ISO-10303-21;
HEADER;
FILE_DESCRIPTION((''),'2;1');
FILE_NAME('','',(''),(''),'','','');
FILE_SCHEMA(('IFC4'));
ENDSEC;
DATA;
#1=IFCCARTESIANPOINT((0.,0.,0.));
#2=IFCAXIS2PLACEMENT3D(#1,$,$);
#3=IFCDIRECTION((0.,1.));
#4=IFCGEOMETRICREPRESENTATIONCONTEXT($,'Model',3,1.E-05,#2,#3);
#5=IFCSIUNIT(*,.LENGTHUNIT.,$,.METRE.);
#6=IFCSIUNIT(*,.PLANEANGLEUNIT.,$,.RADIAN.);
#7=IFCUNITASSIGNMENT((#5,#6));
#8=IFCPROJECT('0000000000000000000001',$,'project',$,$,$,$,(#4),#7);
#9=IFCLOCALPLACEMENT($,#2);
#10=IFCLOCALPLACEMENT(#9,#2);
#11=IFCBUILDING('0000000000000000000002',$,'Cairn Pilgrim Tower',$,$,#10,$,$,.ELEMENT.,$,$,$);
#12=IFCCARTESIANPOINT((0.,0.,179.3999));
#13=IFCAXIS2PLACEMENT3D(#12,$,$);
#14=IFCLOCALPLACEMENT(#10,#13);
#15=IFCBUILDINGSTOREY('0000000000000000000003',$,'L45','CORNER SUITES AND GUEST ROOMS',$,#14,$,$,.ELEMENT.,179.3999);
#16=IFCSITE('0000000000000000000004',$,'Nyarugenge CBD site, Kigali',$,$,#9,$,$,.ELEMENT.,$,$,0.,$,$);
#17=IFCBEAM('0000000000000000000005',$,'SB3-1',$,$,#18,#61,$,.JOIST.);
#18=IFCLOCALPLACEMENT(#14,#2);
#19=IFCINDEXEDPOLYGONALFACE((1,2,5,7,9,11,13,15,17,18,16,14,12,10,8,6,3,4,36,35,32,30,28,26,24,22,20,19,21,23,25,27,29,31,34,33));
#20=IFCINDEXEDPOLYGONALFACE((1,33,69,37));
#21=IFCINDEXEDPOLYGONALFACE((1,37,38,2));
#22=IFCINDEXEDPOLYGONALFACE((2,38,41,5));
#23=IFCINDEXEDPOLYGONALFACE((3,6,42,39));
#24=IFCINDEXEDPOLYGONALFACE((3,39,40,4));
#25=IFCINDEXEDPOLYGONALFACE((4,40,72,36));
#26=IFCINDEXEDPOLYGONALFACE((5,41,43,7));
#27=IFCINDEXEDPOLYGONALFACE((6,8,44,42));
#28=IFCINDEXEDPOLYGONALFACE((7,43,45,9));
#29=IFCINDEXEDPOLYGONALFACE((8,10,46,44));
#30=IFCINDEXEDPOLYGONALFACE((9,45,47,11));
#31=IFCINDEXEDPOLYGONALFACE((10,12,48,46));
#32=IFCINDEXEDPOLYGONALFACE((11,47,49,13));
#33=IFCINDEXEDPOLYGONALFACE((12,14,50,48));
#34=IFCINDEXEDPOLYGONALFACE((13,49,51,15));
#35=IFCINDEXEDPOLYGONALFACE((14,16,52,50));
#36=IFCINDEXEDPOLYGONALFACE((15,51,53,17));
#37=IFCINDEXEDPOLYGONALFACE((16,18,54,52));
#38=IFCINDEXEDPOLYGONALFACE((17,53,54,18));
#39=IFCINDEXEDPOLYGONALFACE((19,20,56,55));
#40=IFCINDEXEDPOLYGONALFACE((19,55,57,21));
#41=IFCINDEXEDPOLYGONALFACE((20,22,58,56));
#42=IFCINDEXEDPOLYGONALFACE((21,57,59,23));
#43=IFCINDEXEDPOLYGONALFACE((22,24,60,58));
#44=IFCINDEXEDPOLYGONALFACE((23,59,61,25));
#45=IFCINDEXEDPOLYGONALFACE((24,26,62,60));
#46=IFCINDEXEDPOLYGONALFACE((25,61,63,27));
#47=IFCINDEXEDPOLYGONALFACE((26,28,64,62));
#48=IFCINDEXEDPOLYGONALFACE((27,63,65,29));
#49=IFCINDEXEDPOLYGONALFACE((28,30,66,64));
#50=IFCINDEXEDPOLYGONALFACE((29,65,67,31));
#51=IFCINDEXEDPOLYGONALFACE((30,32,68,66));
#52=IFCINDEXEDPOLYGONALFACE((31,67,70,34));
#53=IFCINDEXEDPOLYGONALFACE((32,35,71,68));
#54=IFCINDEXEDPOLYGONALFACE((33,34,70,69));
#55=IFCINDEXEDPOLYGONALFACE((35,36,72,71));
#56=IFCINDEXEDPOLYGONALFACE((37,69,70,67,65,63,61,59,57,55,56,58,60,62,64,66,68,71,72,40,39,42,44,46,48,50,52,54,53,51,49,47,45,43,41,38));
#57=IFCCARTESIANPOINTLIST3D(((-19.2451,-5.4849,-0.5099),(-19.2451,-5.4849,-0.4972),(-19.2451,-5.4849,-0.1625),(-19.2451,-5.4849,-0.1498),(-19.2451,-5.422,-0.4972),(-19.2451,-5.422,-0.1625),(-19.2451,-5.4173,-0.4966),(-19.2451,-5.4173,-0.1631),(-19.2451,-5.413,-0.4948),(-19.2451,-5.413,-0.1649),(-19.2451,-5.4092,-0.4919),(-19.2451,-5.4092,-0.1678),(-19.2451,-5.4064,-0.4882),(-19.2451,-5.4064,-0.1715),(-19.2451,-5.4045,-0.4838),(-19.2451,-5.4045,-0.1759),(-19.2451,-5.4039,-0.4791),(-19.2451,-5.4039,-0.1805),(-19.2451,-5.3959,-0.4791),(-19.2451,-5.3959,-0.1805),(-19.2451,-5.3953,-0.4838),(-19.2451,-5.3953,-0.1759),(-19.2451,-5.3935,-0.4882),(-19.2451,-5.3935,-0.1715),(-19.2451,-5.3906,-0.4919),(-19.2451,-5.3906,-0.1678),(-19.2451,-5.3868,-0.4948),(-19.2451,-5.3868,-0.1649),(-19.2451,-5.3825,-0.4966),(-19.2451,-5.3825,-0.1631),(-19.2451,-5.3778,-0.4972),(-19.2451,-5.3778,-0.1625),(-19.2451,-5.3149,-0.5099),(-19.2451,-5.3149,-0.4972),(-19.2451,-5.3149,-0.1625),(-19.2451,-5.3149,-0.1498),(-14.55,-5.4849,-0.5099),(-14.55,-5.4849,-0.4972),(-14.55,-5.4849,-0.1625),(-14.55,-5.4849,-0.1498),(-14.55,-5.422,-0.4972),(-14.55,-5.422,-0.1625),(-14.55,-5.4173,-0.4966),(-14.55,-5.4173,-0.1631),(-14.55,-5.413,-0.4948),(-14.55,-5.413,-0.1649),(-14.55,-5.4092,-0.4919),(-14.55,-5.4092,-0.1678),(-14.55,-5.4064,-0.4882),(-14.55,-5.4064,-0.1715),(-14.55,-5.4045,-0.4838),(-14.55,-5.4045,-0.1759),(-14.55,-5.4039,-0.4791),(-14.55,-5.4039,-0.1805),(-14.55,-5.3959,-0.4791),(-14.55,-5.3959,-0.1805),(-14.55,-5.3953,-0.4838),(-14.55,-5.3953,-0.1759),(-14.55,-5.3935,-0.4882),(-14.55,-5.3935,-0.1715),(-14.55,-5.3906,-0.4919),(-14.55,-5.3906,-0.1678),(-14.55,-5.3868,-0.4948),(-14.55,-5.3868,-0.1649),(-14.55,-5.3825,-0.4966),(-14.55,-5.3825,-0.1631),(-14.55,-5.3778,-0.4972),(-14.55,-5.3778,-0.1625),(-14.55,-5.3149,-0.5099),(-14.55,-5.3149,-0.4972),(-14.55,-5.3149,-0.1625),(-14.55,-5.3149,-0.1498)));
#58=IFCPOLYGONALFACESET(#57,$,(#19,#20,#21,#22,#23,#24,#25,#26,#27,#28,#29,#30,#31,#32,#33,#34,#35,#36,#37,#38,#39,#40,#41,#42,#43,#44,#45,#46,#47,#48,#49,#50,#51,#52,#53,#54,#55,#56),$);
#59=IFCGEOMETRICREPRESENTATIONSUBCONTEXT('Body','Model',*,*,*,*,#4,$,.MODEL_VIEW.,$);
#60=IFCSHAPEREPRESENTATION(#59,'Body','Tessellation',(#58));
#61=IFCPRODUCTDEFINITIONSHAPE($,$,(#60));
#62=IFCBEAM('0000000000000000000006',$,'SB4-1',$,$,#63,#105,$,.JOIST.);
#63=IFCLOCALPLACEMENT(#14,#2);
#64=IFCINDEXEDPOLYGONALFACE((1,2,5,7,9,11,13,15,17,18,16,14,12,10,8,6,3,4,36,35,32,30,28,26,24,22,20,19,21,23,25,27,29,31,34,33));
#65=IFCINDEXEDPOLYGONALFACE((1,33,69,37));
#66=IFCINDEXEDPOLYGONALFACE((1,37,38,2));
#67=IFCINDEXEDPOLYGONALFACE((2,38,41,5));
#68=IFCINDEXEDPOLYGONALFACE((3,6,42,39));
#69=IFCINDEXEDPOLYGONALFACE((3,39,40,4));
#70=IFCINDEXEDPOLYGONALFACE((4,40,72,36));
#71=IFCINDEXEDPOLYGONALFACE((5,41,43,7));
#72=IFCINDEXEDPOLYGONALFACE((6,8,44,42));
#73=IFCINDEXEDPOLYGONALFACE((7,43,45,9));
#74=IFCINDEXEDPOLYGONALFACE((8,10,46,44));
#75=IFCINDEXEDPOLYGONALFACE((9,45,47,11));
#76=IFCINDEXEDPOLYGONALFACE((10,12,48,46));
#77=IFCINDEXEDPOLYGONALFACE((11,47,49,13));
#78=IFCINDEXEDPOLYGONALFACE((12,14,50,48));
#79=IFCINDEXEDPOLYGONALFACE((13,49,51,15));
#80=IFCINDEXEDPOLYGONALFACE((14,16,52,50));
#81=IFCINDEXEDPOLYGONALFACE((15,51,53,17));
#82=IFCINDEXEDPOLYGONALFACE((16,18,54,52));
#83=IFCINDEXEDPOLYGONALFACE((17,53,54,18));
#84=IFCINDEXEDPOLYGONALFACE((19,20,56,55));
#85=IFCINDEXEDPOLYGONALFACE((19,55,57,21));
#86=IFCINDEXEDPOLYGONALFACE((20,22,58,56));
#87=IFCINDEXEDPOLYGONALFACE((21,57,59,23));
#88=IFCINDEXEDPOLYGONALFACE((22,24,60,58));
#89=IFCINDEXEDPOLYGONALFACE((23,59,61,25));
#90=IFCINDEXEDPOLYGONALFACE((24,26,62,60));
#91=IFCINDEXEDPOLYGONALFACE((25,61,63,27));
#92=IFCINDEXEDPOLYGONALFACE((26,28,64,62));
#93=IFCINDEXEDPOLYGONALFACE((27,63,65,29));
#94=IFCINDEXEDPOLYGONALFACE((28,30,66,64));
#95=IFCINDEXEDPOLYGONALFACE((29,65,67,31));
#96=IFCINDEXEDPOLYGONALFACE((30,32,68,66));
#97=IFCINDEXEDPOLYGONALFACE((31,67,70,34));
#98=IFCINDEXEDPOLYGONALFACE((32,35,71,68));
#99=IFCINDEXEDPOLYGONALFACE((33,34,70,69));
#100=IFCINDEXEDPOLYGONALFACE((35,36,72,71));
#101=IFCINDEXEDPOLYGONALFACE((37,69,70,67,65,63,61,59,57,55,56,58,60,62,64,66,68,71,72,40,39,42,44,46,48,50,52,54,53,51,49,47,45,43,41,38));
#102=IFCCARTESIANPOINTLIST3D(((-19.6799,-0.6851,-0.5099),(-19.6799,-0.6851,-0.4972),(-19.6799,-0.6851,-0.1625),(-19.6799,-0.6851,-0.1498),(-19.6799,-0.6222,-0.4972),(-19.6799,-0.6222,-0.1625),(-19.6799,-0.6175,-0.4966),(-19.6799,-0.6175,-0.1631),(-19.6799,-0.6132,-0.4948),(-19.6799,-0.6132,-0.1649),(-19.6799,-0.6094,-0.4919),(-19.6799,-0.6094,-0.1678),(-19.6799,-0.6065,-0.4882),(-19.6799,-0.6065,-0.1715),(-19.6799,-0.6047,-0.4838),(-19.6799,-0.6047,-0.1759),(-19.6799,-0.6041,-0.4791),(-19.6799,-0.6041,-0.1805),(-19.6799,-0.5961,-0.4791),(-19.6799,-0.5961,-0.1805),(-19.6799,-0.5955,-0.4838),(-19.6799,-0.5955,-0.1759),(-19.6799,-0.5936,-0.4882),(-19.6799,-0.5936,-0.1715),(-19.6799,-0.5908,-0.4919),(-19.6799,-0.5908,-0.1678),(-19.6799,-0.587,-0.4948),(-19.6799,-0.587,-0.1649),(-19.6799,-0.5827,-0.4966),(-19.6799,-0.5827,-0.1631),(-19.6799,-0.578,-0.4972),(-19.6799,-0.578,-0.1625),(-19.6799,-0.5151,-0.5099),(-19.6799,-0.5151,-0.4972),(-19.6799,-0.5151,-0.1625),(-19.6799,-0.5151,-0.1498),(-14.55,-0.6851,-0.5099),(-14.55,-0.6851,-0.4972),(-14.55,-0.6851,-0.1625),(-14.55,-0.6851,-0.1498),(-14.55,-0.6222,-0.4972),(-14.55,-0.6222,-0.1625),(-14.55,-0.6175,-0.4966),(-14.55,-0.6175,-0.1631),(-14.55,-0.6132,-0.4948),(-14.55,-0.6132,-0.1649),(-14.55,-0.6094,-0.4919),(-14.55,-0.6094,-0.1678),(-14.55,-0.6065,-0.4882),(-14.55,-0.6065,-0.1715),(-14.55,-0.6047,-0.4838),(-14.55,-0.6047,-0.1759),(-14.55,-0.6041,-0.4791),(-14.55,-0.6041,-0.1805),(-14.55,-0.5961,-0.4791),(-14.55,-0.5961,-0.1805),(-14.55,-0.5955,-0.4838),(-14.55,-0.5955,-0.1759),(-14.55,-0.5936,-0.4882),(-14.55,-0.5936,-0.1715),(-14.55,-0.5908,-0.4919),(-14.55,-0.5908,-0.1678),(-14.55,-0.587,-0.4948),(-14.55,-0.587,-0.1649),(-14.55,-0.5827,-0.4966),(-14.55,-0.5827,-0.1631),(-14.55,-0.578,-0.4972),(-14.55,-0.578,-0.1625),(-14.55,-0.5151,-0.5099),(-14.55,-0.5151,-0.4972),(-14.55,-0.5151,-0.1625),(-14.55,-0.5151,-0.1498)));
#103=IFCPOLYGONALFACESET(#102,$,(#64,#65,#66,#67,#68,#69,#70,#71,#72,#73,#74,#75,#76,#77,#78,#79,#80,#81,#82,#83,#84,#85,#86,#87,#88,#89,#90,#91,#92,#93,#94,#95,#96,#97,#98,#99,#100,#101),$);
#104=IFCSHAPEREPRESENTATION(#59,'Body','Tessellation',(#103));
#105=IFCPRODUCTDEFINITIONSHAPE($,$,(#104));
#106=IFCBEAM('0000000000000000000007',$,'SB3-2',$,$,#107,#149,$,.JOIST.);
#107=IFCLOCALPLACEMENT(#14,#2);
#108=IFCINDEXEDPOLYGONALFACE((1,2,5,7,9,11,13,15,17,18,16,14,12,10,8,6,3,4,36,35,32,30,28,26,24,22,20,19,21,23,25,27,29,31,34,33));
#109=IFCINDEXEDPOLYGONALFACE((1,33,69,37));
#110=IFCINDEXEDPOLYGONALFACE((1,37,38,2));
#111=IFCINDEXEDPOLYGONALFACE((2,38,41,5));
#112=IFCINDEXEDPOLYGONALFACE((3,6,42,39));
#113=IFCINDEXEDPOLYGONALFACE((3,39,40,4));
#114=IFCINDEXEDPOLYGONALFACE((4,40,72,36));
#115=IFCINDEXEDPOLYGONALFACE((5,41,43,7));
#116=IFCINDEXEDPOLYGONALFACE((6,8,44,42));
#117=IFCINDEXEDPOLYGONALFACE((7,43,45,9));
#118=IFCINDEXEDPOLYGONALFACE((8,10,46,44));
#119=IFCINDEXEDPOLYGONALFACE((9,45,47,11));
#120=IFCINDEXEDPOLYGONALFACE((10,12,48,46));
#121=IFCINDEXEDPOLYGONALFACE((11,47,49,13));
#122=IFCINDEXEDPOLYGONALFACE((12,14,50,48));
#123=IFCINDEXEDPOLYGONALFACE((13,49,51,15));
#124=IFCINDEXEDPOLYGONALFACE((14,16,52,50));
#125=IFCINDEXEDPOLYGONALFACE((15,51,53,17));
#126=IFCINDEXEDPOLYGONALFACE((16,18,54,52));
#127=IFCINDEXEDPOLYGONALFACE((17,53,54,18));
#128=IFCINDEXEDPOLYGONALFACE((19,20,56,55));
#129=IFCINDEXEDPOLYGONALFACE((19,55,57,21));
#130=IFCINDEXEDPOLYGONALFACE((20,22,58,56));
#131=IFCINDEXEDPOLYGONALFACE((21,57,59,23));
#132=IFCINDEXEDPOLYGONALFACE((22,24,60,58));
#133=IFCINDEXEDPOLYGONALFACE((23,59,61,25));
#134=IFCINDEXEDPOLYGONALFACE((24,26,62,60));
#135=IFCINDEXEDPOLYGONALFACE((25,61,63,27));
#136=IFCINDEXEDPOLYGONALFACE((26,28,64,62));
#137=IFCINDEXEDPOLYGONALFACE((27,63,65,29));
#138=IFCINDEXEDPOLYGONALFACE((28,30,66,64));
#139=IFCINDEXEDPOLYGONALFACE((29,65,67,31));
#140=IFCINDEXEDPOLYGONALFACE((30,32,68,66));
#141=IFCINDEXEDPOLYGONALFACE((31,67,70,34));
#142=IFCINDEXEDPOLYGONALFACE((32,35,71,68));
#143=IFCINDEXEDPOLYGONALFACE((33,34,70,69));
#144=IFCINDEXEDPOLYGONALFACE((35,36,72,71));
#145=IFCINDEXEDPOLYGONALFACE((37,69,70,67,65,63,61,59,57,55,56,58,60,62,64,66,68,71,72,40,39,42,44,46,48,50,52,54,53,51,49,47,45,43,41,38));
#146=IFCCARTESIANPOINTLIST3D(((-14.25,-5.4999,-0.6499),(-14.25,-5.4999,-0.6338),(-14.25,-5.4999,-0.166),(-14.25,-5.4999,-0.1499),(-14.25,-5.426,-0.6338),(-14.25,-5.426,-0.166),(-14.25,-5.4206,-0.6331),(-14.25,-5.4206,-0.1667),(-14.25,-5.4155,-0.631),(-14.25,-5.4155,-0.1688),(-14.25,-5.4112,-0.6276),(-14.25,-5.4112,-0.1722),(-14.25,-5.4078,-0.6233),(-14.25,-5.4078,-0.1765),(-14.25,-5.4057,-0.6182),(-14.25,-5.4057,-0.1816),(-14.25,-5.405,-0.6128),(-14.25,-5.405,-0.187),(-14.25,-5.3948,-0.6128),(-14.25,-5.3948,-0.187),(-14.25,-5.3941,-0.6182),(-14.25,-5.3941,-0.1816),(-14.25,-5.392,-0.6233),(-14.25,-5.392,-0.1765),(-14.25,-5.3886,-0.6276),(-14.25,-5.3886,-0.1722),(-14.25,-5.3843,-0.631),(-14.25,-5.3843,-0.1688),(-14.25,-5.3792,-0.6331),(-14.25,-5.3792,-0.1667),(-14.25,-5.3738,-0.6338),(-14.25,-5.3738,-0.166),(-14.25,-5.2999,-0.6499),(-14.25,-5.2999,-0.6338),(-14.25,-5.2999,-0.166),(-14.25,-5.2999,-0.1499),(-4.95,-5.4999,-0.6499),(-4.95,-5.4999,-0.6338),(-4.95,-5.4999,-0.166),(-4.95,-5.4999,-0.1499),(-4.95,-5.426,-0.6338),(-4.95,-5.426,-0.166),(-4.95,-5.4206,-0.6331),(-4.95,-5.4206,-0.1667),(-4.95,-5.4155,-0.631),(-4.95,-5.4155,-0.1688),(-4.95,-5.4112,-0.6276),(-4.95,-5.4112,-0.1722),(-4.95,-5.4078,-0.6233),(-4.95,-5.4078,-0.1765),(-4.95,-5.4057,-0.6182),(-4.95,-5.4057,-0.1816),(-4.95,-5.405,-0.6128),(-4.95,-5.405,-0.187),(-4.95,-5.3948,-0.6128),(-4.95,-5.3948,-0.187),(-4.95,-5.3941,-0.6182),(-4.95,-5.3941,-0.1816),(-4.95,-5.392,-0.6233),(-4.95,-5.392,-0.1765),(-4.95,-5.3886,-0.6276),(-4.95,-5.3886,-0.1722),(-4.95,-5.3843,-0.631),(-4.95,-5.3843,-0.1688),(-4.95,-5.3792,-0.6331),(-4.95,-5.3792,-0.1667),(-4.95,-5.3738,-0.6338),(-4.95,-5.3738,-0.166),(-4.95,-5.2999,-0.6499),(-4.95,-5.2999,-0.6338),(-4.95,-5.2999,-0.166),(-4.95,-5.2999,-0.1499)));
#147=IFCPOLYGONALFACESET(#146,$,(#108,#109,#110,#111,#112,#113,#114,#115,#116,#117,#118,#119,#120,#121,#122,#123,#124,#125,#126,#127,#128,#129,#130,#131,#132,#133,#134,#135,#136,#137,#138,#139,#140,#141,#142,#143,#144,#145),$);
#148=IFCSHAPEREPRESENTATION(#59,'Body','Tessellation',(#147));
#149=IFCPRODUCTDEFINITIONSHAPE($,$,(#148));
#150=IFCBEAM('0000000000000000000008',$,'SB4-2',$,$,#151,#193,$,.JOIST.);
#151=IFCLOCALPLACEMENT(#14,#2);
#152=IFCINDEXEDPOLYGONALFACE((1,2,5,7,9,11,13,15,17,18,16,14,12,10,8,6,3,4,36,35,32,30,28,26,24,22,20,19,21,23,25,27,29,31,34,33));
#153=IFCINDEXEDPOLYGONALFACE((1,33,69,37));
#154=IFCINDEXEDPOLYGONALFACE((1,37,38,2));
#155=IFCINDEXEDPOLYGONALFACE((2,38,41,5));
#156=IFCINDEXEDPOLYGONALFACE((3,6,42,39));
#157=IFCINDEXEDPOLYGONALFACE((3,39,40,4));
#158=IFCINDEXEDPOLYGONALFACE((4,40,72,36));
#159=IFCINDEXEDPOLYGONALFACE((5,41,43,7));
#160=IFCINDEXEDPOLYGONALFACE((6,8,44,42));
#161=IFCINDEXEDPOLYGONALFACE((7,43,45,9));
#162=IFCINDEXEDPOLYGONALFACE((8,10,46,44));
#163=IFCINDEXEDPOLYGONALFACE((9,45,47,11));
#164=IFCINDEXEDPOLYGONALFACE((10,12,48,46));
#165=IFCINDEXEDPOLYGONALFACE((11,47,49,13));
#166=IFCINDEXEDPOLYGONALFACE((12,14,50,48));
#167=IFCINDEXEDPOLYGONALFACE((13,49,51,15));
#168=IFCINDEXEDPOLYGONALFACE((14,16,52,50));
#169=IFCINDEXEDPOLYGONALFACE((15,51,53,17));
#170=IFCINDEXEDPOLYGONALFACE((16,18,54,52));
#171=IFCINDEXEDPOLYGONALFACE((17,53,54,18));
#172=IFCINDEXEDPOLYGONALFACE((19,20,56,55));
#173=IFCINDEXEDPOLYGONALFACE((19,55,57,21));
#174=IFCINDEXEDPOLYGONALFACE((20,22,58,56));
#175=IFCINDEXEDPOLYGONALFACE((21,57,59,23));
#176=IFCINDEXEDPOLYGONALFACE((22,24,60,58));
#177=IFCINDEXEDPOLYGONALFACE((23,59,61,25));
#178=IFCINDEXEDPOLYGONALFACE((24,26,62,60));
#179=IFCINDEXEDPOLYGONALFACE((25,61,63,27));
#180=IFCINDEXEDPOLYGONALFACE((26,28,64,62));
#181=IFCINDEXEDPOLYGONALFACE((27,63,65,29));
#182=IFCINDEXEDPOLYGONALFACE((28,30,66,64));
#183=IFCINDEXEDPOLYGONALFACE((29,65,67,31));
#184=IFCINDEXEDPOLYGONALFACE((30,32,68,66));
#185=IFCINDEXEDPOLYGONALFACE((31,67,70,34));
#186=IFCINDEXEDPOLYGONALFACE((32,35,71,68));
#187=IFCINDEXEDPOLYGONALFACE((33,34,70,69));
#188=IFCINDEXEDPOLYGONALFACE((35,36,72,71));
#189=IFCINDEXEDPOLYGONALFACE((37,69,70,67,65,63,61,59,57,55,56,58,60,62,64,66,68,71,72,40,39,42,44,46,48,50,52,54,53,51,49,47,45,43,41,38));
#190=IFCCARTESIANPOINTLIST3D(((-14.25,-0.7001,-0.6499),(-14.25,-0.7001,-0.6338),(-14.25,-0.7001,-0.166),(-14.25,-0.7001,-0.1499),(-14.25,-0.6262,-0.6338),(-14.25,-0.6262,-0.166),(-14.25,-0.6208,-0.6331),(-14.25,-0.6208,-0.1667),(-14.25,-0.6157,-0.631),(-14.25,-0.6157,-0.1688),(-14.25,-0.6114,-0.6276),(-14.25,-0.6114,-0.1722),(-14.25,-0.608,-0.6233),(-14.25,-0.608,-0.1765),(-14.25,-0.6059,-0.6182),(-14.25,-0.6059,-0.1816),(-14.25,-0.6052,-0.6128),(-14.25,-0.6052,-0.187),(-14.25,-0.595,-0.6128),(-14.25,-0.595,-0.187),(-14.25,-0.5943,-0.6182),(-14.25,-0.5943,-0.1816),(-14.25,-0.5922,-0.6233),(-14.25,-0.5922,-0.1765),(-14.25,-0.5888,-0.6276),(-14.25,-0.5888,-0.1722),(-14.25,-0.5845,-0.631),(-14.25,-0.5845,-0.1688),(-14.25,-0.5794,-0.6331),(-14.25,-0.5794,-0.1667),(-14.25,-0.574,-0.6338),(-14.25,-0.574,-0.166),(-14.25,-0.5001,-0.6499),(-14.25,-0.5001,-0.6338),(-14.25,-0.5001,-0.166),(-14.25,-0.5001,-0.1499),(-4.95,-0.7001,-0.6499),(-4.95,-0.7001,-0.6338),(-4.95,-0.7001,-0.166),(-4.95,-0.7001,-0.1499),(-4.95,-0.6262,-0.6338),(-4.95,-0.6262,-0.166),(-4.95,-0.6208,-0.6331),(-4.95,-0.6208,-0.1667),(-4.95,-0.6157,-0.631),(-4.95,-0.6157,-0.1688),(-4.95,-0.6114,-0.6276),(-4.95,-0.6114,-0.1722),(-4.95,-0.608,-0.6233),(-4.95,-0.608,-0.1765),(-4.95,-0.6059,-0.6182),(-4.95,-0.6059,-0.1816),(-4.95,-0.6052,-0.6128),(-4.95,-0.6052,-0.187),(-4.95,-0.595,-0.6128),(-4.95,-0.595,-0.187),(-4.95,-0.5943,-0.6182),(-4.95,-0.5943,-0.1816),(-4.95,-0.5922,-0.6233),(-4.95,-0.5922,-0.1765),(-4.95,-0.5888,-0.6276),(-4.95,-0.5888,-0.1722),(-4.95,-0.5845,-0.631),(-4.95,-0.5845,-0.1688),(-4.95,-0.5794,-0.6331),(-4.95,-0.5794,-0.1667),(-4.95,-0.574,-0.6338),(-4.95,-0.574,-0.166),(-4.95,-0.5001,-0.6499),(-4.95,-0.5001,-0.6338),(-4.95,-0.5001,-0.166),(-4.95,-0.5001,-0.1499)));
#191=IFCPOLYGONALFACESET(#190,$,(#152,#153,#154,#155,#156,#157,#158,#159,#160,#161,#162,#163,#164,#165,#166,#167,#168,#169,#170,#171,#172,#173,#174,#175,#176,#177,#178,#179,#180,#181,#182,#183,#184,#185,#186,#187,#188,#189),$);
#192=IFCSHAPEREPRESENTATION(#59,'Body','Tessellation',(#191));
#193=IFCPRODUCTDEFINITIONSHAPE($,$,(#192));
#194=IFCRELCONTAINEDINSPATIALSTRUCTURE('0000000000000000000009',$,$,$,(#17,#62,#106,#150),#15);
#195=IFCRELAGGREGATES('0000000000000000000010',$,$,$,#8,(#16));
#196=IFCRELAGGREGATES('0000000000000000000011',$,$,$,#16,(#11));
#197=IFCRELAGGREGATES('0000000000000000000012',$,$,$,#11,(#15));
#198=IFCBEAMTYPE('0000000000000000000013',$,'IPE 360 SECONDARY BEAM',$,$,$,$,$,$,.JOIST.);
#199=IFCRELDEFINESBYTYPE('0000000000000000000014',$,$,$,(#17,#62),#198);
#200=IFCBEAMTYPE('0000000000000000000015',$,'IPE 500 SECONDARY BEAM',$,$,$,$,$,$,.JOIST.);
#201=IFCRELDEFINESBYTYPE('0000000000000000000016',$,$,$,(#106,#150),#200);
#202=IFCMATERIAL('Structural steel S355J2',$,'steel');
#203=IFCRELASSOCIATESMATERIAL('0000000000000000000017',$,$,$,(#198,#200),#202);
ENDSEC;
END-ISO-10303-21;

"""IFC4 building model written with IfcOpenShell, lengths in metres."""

from ifc_helpers import new_model, si_unit, direction, frame, origin, origin_2d, place, context, subcontext, project, spatial, i_section, extrude, material, material_profile, profile_set, type_object, element, save


model = new_model("IFC4")

# Units and contexts
model_context = context("Model", 3, precision=1e-05, world=origin(), true_north=direction((0.0, 1.0)))
body_context = subcontext(model_context, "Body", "Model", "MODEL_VIEW")
ifc_project = project(units=[si_unit("LENGTHUNIT", "METRE"), si_unit("PLANEANGLEUNIT", "RADIAN")], contexts=[model_context])

# Site, building, storey
site_placement = place(None, origin())
site = spatial("IfcSite", under=ifc_project, at=site_placement, Name="Nyarugenge CBD site, Kigali", CompositionType="ELEMENT", RefElevation=0.0)
building_placement = place(site_placement, origin())
building = spatial("IfcBuilding", under=site, at=building_placement, Name="Cairn Pilgrim Tower", CompositionType="ELEMENT")
storey_placement = place(building_placement, frame((0.0, 0.0, 179.3999)))
storey = spatial("IfcBuildingStorey", under=building, at=storey_placement, Name="L45", Description="CORNER SUITES AND GUEST ROOMS", CompositionType="ELEMENT", Elevation=179.3999)

# Shared definitions
ifc_material_1 = material(Name="Structural steel S355J2", Category="steel")

# Beams
ifc_material_profile_1 = material_profile(ifc_material_1, i_section(OverallWidth=0.1699, OverallDepth=0.3601, WebThickness=0.0081, FlangeThickness=0.0127, FilletRadius=0.0181, at=origin_2d()), Name="IPE 360")
ifc_profile_set_1 = profile_set([ifc_material_profile_1], Name="Structural steel S355J2")
beam_type_1 = type_object("IfcBeamType", Name="IPE 360 SECONDARY BEAM", PredefinedType="JOIST", material=ifc_profile_set_1)
beam_1_placement = place(storey_placement, frame((-19.2451, -5.3999, -0.3298), z_axis=(1.0, 0.0, 0.0), x_axis=(0.0, 1.0, 0.0)))
element("IfcBeam", 1, at=beam_1_placement, inside=storey, type_object=beam_type_1, Name="SB3-1", PredefinedType="JOIST", context=body_context, shape_type="SweptSolid", body=[
    extrude(i_section(OverallWidth=0.1699, OverallDepth=0.3601, WebThickness=0.0081, FlangeThickness=0.0127, FilletRadius=0.0181, at=origin_2d()), origin(), (0.0, 0.0, 1.0), 4.6951),
])
beam_2_placement = place(storey_placement, frame((-19.6799, -0.6001, -0.3298), z_axis=(1.0, 0.0, 0.0), x_axis=(0.0, 1.0, 0.0)))
element("IfcBeam", 2, at=beam_2_placement, inside=storey, type_object=beam_type_1, Name="SB4-1", PredefinedType="JOIST", context=body_context, shape_type="SweptSolid", body=[
    extrude(i_section(OverallWidth=0.1699, OverallDepth=0.3601, WebThickness=0.0081, FlangeThickness=0.0127, FilletRadius=0.0181, at=origin_2d()), origin(), (0.0, 0.0, 1.0), 5.1299),
])
ifc_material_profile_2 = material_profile(ifc_material_1, i_section(OverallWidth=0.2, OverallDepth=0.5, WebThickness=0.0103, FlangeThickness=0.0161, FilletRadius=0.021, at=origin_2d()), Name="IPE 500")
ifc_profile_set_2 = profile_set([ifc_material_profile_2], Name="Structural steel S355J2")
beam_type_2 = type_object("IfcBeamType", Name="IPE 500 SECONDARY BEAM", PredefinedType="JOIST", material=ifc_profile_set_2)
for number, where, z_axis, x_axis, name in (
    (3, (-14.25, -5.3999, -0.3999), (1.0, 0.0, 0.0), (0.0, 1.0, 0.0), "SB3-2"),
    (4, (-14.25, -0.6001, -0.3999), (1.0, 0.0, 0.0), (0.0, 1.0, 0.0), "SB4-2"),
):
    element("IfcBeam", number, at=place(storey_placement, frame(where, z_axis=z_axis, x_axis=x_axis)), inside=storey, type_object=beam_type_2, Name=name, PredefinedType="JOIST", context=body_context, shape_type="SweptSolid", body=[
        extrude(i_section(OverallWidth=0.2, OverallDepth=0.5, WebThickness=0.0103, FlangeThickness=0.0161, FilletRadius=0.021, at=origin_2d()), origin(), (0.0, 0.0, 1.0), 9.3),
    ])

save(model, "model.ifc")
